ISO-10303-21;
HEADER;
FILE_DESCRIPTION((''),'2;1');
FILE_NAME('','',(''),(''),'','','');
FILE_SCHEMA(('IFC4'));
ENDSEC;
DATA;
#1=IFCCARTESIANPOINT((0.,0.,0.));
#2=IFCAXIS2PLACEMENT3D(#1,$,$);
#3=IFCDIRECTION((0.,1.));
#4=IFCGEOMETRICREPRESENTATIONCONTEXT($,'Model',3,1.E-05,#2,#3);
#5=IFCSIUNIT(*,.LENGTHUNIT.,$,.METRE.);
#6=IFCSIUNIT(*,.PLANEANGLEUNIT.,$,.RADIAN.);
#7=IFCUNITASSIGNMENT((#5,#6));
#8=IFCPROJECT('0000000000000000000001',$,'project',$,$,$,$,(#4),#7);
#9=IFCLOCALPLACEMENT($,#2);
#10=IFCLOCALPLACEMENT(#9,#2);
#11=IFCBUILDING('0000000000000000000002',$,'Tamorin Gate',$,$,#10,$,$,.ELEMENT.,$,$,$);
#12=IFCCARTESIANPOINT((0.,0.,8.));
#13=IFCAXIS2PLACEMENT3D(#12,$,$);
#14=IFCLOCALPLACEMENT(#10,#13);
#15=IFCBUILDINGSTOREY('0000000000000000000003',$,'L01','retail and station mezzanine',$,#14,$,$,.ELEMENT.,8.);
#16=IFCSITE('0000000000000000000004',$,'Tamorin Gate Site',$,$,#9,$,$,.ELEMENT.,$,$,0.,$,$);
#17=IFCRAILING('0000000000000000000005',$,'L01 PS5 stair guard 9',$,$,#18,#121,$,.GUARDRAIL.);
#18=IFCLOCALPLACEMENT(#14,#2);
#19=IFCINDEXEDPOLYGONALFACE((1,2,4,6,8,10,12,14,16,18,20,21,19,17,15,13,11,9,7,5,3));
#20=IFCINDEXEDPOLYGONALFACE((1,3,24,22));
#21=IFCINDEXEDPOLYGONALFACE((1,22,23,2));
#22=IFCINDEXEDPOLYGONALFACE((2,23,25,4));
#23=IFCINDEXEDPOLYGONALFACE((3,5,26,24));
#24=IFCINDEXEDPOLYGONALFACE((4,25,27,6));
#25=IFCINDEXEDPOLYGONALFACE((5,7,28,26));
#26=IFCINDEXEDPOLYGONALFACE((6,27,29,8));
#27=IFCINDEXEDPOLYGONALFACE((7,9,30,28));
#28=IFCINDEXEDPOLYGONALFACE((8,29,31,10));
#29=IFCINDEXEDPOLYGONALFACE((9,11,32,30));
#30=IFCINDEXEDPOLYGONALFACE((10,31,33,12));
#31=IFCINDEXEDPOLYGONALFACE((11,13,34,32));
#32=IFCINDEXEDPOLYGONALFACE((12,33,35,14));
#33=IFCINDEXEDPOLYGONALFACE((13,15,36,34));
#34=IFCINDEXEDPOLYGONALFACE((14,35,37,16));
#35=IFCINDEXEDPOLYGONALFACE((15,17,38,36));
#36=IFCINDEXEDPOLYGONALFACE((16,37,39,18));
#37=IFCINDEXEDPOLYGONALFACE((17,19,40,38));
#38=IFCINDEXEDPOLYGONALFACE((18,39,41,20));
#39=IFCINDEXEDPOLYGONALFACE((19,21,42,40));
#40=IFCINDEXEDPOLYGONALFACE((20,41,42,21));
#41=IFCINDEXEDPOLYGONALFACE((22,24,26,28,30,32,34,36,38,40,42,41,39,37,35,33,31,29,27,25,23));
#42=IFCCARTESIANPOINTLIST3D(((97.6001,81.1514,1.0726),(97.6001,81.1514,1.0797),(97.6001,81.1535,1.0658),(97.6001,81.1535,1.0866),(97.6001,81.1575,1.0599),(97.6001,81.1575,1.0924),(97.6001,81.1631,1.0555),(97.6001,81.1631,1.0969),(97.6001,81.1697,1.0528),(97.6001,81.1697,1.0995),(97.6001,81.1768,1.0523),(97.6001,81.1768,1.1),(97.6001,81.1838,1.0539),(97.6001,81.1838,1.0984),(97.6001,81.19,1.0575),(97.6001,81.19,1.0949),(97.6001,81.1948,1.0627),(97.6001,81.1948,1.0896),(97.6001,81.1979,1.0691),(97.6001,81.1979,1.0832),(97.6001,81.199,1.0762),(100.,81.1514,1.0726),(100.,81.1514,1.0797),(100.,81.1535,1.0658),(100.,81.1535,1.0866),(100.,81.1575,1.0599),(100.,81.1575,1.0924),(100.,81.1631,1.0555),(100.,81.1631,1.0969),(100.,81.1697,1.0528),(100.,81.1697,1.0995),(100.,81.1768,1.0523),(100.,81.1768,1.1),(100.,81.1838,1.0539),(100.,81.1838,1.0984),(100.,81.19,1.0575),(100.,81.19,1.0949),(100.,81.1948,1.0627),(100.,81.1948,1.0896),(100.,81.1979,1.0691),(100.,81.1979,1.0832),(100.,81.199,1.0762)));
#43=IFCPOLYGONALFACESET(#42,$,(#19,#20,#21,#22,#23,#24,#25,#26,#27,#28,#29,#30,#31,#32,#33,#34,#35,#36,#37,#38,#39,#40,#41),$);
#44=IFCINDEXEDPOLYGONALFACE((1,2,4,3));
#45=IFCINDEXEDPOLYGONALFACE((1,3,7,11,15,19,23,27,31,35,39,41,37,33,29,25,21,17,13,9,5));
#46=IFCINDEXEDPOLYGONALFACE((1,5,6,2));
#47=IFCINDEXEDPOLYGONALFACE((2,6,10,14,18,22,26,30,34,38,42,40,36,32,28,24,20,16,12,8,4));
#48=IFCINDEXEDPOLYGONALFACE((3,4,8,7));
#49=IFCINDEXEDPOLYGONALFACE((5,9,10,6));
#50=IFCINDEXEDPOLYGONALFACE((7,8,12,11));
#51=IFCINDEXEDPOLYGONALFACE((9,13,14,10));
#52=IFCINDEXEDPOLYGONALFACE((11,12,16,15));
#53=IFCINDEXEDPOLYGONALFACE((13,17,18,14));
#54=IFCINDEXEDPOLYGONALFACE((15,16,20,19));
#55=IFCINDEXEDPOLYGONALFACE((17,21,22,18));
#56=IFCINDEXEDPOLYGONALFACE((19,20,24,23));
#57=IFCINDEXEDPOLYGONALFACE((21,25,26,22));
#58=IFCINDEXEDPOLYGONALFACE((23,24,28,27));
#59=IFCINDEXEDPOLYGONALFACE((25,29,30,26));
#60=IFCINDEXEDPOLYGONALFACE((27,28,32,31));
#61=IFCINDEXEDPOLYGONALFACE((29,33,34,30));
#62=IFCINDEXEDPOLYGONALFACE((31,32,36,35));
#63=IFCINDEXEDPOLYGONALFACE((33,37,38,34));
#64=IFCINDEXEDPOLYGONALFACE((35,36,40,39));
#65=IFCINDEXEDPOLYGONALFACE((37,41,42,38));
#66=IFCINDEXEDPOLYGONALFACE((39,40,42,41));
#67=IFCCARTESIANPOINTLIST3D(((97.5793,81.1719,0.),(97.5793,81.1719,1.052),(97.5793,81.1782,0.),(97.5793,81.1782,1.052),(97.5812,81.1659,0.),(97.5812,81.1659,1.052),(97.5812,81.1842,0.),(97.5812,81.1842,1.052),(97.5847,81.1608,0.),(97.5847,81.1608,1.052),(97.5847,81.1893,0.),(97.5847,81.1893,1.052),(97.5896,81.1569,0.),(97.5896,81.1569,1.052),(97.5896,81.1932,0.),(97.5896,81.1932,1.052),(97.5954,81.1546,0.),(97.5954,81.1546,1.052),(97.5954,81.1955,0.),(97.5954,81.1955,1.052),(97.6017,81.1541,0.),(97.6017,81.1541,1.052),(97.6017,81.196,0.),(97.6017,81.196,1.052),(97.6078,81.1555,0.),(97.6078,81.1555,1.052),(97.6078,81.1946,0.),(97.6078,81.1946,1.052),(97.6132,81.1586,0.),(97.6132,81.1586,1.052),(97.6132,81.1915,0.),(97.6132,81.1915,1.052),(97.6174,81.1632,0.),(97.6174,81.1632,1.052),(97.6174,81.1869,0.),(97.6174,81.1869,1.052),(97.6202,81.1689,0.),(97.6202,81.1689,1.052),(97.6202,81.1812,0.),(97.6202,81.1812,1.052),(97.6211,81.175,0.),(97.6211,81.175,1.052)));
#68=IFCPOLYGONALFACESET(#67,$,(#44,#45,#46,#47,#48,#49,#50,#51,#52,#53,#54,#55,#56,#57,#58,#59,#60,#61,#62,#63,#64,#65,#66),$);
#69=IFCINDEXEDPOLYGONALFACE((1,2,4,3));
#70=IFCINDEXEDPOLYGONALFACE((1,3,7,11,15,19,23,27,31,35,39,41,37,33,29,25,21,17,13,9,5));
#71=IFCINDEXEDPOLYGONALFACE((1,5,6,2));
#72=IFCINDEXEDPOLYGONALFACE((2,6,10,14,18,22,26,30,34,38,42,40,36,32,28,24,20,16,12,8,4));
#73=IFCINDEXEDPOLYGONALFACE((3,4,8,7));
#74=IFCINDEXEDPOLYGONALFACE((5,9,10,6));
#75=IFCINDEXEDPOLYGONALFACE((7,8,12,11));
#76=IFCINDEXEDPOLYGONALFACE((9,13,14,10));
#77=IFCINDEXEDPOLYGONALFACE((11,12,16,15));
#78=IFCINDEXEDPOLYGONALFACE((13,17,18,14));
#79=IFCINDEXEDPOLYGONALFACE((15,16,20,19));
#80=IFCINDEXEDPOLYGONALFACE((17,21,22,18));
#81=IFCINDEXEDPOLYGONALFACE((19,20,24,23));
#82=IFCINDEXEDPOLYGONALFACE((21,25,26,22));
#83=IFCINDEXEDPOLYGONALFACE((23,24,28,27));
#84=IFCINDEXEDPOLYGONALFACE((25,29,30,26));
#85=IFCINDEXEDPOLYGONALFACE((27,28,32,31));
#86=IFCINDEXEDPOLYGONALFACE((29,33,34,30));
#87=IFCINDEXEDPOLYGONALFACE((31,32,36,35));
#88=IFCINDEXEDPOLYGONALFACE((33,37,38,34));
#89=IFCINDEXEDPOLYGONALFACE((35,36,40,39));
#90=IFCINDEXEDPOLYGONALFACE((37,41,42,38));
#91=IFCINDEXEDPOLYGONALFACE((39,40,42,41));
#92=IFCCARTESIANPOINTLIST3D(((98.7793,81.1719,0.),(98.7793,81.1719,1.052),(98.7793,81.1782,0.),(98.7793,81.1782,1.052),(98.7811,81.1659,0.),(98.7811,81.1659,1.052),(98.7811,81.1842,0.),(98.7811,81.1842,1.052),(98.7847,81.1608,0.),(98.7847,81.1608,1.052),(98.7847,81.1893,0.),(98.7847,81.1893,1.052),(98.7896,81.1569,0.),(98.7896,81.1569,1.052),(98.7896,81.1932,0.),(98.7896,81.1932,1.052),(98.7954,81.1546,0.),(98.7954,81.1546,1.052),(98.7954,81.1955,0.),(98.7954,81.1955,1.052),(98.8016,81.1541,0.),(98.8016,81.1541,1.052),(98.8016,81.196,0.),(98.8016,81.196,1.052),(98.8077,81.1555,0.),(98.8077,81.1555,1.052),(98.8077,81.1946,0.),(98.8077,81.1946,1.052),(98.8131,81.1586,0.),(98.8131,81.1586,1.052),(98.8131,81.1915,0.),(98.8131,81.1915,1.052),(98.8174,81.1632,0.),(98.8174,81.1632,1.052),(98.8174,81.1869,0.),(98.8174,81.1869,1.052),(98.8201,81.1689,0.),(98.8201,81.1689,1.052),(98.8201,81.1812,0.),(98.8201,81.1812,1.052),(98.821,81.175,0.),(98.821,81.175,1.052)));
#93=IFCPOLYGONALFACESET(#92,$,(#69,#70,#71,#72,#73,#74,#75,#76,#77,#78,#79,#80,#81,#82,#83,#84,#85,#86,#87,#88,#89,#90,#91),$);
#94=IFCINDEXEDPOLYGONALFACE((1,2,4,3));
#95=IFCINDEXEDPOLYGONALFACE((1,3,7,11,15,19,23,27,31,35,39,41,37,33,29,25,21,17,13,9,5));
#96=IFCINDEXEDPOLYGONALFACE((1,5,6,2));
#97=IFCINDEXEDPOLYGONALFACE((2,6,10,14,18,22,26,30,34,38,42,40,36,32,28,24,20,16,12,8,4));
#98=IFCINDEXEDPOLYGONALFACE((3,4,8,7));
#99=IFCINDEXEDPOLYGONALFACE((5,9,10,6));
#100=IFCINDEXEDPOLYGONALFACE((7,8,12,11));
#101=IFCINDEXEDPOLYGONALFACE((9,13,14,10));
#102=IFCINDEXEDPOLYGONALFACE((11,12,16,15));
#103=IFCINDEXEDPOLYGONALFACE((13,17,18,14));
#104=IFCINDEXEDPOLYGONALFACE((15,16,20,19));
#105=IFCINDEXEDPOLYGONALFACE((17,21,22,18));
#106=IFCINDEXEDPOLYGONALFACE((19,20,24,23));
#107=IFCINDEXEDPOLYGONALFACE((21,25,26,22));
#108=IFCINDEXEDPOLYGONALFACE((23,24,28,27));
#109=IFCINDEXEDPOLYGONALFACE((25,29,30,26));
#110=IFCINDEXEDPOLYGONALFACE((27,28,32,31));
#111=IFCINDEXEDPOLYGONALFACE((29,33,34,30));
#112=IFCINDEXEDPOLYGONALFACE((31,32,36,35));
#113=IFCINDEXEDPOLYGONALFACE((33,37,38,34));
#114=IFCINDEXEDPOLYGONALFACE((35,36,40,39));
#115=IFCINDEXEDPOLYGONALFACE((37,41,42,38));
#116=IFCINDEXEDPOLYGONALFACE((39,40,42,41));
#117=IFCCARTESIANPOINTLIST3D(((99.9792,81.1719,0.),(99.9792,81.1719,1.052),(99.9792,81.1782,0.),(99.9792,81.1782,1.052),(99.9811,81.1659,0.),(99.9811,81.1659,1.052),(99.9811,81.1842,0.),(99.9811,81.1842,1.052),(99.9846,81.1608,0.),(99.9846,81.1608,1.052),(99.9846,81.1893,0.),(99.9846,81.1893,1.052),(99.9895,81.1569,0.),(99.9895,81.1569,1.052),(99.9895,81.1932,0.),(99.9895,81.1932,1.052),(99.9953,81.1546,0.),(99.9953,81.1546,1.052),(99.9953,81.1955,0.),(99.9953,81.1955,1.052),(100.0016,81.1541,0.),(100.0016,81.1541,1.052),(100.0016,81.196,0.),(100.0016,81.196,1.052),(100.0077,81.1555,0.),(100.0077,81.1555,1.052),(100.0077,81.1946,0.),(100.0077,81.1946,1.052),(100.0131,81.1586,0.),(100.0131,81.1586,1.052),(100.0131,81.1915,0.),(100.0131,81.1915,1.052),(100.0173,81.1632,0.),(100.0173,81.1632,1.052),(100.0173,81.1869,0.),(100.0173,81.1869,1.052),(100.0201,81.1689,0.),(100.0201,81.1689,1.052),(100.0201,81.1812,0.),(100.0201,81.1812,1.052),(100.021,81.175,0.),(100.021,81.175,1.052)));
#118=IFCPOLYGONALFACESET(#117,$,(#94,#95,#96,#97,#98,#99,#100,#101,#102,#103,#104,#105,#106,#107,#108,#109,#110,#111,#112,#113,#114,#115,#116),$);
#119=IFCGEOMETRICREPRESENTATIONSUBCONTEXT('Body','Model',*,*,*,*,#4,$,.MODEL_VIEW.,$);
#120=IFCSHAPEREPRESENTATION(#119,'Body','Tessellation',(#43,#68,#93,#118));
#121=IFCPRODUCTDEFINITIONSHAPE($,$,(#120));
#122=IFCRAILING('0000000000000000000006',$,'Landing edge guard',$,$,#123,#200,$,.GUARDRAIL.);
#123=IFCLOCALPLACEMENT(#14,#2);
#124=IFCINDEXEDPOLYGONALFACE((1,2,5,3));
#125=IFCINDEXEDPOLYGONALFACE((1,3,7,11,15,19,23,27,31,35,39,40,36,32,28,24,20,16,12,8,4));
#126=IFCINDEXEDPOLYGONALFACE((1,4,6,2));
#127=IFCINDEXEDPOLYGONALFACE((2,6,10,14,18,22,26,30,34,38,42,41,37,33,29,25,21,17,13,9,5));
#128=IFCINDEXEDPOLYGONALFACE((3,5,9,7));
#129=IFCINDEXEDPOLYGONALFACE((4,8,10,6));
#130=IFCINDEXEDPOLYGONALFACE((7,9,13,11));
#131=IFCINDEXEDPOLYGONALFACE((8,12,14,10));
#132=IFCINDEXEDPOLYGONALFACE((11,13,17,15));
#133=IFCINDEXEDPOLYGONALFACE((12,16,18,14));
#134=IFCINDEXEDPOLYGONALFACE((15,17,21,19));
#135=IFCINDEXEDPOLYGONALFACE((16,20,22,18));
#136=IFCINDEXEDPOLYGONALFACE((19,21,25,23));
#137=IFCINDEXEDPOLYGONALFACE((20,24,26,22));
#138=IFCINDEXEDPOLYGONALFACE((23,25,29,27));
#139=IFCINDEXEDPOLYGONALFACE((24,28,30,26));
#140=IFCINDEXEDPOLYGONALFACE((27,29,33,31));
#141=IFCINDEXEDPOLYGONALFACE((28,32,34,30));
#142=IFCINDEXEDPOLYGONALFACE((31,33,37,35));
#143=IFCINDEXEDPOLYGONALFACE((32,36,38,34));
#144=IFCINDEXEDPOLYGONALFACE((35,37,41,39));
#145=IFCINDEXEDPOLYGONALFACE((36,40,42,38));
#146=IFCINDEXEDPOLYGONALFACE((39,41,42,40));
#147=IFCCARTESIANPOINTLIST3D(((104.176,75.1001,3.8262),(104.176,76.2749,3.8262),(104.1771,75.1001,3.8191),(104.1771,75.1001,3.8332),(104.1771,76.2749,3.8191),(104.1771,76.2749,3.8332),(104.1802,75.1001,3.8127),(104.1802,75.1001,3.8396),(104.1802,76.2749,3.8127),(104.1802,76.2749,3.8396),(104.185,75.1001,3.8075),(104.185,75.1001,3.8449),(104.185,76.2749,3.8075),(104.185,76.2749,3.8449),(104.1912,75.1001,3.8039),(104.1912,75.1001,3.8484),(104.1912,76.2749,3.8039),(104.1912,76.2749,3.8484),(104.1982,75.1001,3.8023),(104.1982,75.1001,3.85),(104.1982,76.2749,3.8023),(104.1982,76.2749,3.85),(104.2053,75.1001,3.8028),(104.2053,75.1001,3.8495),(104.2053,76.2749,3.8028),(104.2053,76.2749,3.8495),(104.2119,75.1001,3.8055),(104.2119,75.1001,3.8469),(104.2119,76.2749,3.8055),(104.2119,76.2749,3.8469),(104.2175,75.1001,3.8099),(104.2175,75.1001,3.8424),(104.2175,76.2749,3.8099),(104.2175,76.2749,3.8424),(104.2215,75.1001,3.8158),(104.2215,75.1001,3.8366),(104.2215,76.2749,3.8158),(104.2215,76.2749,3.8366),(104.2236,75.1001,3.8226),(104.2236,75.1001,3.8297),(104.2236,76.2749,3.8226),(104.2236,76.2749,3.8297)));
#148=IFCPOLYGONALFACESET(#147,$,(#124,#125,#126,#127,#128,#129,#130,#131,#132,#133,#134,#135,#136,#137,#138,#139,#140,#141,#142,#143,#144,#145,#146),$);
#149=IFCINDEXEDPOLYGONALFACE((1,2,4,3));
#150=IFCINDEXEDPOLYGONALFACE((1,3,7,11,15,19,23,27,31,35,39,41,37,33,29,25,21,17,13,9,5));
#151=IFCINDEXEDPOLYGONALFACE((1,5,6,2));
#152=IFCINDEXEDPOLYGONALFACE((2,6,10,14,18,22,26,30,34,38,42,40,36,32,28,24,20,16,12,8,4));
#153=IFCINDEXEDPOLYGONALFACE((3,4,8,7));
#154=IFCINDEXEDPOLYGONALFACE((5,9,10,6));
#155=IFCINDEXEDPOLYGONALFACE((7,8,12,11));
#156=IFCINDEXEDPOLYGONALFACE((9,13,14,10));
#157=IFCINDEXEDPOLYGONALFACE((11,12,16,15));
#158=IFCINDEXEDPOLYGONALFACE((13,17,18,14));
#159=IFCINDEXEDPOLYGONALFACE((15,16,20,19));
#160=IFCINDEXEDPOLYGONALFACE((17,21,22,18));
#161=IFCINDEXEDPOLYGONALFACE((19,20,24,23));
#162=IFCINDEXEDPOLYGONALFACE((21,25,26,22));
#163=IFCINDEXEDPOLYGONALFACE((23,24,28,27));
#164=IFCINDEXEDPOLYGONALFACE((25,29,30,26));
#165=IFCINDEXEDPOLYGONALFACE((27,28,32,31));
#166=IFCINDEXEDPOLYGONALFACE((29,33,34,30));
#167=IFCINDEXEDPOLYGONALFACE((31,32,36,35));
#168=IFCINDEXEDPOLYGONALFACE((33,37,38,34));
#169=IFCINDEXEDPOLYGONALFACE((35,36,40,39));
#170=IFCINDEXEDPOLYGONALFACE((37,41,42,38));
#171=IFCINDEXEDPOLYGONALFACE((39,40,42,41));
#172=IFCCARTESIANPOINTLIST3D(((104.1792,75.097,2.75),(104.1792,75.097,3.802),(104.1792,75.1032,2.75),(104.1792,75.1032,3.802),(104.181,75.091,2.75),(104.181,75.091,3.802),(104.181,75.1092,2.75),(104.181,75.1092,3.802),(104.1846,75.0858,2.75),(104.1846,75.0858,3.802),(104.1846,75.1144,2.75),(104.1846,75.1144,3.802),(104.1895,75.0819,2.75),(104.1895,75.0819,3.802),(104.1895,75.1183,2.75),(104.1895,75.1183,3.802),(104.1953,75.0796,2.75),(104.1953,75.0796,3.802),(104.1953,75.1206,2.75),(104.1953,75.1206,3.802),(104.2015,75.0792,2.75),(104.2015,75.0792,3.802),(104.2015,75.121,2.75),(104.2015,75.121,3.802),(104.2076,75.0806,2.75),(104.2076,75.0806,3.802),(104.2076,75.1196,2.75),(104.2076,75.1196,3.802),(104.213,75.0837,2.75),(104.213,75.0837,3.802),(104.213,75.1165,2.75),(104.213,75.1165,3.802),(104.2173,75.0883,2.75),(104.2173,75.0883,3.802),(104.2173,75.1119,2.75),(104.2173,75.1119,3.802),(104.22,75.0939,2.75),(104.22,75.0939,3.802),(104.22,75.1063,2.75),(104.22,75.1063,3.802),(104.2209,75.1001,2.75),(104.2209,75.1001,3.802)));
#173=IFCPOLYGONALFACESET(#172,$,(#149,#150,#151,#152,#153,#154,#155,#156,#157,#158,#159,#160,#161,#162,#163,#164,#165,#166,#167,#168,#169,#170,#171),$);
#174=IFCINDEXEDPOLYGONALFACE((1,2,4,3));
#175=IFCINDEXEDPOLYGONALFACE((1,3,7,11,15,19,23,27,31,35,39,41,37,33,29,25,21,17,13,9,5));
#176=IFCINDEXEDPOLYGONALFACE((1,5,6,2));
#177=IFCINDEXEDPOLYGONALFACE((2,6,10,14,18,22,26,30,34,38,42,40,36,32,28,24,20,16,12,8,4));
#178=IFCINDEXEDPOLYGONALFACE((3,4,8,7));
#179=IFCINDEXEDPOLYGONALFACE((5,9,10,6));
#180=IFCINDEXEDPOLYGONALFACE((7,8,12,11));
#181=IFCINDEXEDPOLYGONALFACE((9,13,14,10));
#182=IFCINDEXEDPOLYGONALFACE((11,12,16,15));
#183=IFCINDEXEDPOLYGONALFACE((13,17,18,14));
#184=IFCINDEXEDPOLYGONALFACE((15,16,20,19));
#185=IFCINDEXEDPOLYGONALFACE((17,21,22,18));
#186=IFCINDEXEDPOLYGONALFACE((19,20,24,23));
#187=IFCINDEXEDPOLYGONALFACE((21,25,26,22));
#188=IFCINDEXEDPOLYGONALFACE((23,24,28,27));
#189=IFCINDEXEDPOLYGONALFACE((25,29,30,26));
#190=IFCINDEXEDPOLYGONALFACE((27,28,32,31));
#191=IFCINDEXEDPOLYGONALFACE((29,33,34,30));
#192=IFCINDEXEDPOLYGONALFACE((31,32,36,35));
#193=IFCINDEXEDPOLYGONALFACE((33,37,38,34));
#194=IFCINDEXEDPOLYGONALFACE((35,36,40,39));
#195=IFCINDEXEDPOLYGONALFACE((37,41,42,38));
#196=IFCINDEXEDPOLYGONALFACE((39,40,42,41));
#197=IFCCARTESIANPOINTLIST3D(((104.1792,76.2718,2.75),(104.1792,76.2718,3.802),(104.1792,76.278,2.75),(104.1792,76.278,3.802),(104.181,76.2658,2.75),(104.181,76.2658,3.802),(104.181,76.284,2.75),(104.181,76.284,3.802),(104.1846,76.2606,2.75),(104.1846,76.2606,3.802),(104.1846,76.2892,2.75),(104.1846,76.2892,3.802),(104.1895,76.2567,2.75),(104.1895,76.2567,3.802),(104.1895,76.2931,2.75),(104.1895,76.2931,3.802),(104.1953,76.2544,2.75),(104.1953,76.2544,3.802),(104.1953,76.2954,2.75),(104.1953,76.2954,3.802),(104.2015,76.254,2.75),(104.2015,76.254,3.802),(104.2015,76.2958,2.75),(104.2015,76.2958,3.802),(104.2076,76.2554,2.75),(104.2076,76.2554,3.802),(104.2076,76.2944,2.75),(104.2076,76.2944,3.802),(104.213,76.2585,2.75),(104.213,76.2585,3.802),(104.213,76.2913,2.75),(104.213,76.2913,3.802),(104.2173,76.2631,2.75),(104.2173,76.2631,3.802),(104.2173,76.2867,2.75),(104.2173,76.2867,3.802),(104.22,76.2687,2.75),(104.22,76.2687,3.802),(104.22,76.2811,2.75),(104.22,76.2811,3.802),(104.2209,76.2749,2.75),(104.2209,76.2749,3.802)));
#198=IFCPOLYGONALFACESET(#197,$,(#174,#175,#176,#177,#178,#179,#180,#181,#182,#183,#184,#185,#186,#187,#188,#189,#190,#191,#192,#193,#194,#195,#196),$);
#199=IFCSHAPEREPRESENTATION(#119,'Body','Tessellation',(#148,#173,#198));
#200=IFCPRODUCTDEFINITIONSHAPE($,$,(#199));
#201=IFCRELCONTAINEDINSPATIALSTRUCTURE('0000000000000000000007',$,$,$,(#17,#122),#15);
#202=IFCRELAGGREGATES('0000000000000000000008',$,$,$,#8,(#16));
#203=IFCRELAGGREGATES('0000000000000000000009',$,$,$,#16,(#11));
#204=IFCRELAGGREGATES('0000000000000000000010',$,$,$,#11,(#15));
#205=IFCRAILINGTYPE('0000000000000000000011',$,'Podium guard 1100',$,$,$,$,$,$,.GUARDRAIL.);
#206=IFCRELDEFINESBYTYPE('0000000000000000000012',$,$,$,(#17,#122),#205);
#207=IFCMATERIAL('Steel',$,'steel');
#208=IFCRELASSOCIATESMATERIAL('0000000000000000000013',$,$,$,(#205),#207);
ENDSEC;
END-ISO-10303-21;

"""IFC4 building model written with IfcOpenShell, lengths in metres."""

from ifc_helpers import new_model, si_unit, direction, frame, origin, origin_2d, place, context, subcontext, project, spatial, circle, extrude, material, type_object, element, save


model = new_model("IFC4")

# Units and contexts
model_context = context("Model", 3, precision=1e-05, world=origin(), true_north=direction((0.0, 1.0)))
body_context = subcontext(model_context, "Body", "Model", "MODEL_VIEW")
ifc_project = project(units=[si_unit("LENGTHUNIT", "METRE"), si_unit("PLANEANGLEUNIT", "RADIAN")], contexts=[model_context])

# Site, building, storey
site_placement = place(None, origin())
site = spatial("IfcSite", under=ifc_project, at=site_placement, Name="Tamorin Gate Site", CompositionType="ELEMENT", RefElevation=0.0)
building_placement = place(site_placement, origin())
building = spatial("IfcBuilding", under=site, at=building_placement, Name="Tamorin Gate", CompositionType="ELEMENT")
storey_placement = place(building_placement, frame((0.0, 0.0, 8.0)))
storey = spatial("IfcBuildingStorey", under=building, at=storey_placement, Name="L01", Description="retail and station mezzanine", CompositionType="ELEMENT", Elevation=8.0)

# Railings
ifc_material_1 = material(Name="Steel", Category="steel")
railing_type_1 = type_object("IfcRailingType", Name="Podium guard 1100", PredefinedType="GUARDRAIL", material=ifc_material_1)
for number, where, name in (
    (1, (97.6001, 81.175, 0.0), "L01 PS5 stair guard 9"),
):
    element("IfcRailing", number, at=place(storey_placement, frame(where)), inside=storey, type_object=railing_type_1, Name=name, PredefinedType="GUARDRAIL", context=body_context, shape_type="SweptSolid", body=[
        extrude(circle(Radius=0.0239, at=origin_2d()), frame((0.0, 0.0, 1.0762), z_axis=(1.0, 0.0, 0.0), x_axis=(0.0, 1.0, 0.0)), (0.0, 0.0, 1.0), 2.3999),
        extrude(circle(Radius=0.021, at=origin_2d()), origin(), (0.0, 0.0, 1.0), 1.052),
        extrude(circle(Radius=0.021, at=origin_2d()), frame((1.2, 0.0, 0.0)), (0.0, 0.0, 1.0), 1.052),
        extrude(circle(Radius=0.021, at=origin_2d()), frame((2.3999, 0.0, 0.0)), (0.0, 0.0, 1.0), 1.052),
    ])
railing_1_placement = place(storey_placement, frame((104.2, 75.1001, 2.75)))
element("IfcRailing", 2, at=railing_1_placement, inside=storey, type_object=railing_type_1, Name="Landing edge guard", PredefinedType="GUARDRAIL", context=body_context, shape_type="SweptSolid", body=[
    extrude(circle(Radius=0.0239, at=origin_2d()), frame((0.0, 0.0, 1.0762), z_axis=(0.0, 1.0, 0.0), x_axis=(-1.0, 0.0, 0.0)), (0.0, 0.0, 1.0), 1.1748),
    extrude(circle(Radius=0.021, at=origin_2d()), origin(), (0.0, 0.0, 1.0), 1.052),
    extrude(circle(Radius=0.021, at=origin_2d()), frame((0.0, 1.1748, 0.0)), (0.0, 0.0, 1.0), 1.052),
])

save(model, "model.ifc")
